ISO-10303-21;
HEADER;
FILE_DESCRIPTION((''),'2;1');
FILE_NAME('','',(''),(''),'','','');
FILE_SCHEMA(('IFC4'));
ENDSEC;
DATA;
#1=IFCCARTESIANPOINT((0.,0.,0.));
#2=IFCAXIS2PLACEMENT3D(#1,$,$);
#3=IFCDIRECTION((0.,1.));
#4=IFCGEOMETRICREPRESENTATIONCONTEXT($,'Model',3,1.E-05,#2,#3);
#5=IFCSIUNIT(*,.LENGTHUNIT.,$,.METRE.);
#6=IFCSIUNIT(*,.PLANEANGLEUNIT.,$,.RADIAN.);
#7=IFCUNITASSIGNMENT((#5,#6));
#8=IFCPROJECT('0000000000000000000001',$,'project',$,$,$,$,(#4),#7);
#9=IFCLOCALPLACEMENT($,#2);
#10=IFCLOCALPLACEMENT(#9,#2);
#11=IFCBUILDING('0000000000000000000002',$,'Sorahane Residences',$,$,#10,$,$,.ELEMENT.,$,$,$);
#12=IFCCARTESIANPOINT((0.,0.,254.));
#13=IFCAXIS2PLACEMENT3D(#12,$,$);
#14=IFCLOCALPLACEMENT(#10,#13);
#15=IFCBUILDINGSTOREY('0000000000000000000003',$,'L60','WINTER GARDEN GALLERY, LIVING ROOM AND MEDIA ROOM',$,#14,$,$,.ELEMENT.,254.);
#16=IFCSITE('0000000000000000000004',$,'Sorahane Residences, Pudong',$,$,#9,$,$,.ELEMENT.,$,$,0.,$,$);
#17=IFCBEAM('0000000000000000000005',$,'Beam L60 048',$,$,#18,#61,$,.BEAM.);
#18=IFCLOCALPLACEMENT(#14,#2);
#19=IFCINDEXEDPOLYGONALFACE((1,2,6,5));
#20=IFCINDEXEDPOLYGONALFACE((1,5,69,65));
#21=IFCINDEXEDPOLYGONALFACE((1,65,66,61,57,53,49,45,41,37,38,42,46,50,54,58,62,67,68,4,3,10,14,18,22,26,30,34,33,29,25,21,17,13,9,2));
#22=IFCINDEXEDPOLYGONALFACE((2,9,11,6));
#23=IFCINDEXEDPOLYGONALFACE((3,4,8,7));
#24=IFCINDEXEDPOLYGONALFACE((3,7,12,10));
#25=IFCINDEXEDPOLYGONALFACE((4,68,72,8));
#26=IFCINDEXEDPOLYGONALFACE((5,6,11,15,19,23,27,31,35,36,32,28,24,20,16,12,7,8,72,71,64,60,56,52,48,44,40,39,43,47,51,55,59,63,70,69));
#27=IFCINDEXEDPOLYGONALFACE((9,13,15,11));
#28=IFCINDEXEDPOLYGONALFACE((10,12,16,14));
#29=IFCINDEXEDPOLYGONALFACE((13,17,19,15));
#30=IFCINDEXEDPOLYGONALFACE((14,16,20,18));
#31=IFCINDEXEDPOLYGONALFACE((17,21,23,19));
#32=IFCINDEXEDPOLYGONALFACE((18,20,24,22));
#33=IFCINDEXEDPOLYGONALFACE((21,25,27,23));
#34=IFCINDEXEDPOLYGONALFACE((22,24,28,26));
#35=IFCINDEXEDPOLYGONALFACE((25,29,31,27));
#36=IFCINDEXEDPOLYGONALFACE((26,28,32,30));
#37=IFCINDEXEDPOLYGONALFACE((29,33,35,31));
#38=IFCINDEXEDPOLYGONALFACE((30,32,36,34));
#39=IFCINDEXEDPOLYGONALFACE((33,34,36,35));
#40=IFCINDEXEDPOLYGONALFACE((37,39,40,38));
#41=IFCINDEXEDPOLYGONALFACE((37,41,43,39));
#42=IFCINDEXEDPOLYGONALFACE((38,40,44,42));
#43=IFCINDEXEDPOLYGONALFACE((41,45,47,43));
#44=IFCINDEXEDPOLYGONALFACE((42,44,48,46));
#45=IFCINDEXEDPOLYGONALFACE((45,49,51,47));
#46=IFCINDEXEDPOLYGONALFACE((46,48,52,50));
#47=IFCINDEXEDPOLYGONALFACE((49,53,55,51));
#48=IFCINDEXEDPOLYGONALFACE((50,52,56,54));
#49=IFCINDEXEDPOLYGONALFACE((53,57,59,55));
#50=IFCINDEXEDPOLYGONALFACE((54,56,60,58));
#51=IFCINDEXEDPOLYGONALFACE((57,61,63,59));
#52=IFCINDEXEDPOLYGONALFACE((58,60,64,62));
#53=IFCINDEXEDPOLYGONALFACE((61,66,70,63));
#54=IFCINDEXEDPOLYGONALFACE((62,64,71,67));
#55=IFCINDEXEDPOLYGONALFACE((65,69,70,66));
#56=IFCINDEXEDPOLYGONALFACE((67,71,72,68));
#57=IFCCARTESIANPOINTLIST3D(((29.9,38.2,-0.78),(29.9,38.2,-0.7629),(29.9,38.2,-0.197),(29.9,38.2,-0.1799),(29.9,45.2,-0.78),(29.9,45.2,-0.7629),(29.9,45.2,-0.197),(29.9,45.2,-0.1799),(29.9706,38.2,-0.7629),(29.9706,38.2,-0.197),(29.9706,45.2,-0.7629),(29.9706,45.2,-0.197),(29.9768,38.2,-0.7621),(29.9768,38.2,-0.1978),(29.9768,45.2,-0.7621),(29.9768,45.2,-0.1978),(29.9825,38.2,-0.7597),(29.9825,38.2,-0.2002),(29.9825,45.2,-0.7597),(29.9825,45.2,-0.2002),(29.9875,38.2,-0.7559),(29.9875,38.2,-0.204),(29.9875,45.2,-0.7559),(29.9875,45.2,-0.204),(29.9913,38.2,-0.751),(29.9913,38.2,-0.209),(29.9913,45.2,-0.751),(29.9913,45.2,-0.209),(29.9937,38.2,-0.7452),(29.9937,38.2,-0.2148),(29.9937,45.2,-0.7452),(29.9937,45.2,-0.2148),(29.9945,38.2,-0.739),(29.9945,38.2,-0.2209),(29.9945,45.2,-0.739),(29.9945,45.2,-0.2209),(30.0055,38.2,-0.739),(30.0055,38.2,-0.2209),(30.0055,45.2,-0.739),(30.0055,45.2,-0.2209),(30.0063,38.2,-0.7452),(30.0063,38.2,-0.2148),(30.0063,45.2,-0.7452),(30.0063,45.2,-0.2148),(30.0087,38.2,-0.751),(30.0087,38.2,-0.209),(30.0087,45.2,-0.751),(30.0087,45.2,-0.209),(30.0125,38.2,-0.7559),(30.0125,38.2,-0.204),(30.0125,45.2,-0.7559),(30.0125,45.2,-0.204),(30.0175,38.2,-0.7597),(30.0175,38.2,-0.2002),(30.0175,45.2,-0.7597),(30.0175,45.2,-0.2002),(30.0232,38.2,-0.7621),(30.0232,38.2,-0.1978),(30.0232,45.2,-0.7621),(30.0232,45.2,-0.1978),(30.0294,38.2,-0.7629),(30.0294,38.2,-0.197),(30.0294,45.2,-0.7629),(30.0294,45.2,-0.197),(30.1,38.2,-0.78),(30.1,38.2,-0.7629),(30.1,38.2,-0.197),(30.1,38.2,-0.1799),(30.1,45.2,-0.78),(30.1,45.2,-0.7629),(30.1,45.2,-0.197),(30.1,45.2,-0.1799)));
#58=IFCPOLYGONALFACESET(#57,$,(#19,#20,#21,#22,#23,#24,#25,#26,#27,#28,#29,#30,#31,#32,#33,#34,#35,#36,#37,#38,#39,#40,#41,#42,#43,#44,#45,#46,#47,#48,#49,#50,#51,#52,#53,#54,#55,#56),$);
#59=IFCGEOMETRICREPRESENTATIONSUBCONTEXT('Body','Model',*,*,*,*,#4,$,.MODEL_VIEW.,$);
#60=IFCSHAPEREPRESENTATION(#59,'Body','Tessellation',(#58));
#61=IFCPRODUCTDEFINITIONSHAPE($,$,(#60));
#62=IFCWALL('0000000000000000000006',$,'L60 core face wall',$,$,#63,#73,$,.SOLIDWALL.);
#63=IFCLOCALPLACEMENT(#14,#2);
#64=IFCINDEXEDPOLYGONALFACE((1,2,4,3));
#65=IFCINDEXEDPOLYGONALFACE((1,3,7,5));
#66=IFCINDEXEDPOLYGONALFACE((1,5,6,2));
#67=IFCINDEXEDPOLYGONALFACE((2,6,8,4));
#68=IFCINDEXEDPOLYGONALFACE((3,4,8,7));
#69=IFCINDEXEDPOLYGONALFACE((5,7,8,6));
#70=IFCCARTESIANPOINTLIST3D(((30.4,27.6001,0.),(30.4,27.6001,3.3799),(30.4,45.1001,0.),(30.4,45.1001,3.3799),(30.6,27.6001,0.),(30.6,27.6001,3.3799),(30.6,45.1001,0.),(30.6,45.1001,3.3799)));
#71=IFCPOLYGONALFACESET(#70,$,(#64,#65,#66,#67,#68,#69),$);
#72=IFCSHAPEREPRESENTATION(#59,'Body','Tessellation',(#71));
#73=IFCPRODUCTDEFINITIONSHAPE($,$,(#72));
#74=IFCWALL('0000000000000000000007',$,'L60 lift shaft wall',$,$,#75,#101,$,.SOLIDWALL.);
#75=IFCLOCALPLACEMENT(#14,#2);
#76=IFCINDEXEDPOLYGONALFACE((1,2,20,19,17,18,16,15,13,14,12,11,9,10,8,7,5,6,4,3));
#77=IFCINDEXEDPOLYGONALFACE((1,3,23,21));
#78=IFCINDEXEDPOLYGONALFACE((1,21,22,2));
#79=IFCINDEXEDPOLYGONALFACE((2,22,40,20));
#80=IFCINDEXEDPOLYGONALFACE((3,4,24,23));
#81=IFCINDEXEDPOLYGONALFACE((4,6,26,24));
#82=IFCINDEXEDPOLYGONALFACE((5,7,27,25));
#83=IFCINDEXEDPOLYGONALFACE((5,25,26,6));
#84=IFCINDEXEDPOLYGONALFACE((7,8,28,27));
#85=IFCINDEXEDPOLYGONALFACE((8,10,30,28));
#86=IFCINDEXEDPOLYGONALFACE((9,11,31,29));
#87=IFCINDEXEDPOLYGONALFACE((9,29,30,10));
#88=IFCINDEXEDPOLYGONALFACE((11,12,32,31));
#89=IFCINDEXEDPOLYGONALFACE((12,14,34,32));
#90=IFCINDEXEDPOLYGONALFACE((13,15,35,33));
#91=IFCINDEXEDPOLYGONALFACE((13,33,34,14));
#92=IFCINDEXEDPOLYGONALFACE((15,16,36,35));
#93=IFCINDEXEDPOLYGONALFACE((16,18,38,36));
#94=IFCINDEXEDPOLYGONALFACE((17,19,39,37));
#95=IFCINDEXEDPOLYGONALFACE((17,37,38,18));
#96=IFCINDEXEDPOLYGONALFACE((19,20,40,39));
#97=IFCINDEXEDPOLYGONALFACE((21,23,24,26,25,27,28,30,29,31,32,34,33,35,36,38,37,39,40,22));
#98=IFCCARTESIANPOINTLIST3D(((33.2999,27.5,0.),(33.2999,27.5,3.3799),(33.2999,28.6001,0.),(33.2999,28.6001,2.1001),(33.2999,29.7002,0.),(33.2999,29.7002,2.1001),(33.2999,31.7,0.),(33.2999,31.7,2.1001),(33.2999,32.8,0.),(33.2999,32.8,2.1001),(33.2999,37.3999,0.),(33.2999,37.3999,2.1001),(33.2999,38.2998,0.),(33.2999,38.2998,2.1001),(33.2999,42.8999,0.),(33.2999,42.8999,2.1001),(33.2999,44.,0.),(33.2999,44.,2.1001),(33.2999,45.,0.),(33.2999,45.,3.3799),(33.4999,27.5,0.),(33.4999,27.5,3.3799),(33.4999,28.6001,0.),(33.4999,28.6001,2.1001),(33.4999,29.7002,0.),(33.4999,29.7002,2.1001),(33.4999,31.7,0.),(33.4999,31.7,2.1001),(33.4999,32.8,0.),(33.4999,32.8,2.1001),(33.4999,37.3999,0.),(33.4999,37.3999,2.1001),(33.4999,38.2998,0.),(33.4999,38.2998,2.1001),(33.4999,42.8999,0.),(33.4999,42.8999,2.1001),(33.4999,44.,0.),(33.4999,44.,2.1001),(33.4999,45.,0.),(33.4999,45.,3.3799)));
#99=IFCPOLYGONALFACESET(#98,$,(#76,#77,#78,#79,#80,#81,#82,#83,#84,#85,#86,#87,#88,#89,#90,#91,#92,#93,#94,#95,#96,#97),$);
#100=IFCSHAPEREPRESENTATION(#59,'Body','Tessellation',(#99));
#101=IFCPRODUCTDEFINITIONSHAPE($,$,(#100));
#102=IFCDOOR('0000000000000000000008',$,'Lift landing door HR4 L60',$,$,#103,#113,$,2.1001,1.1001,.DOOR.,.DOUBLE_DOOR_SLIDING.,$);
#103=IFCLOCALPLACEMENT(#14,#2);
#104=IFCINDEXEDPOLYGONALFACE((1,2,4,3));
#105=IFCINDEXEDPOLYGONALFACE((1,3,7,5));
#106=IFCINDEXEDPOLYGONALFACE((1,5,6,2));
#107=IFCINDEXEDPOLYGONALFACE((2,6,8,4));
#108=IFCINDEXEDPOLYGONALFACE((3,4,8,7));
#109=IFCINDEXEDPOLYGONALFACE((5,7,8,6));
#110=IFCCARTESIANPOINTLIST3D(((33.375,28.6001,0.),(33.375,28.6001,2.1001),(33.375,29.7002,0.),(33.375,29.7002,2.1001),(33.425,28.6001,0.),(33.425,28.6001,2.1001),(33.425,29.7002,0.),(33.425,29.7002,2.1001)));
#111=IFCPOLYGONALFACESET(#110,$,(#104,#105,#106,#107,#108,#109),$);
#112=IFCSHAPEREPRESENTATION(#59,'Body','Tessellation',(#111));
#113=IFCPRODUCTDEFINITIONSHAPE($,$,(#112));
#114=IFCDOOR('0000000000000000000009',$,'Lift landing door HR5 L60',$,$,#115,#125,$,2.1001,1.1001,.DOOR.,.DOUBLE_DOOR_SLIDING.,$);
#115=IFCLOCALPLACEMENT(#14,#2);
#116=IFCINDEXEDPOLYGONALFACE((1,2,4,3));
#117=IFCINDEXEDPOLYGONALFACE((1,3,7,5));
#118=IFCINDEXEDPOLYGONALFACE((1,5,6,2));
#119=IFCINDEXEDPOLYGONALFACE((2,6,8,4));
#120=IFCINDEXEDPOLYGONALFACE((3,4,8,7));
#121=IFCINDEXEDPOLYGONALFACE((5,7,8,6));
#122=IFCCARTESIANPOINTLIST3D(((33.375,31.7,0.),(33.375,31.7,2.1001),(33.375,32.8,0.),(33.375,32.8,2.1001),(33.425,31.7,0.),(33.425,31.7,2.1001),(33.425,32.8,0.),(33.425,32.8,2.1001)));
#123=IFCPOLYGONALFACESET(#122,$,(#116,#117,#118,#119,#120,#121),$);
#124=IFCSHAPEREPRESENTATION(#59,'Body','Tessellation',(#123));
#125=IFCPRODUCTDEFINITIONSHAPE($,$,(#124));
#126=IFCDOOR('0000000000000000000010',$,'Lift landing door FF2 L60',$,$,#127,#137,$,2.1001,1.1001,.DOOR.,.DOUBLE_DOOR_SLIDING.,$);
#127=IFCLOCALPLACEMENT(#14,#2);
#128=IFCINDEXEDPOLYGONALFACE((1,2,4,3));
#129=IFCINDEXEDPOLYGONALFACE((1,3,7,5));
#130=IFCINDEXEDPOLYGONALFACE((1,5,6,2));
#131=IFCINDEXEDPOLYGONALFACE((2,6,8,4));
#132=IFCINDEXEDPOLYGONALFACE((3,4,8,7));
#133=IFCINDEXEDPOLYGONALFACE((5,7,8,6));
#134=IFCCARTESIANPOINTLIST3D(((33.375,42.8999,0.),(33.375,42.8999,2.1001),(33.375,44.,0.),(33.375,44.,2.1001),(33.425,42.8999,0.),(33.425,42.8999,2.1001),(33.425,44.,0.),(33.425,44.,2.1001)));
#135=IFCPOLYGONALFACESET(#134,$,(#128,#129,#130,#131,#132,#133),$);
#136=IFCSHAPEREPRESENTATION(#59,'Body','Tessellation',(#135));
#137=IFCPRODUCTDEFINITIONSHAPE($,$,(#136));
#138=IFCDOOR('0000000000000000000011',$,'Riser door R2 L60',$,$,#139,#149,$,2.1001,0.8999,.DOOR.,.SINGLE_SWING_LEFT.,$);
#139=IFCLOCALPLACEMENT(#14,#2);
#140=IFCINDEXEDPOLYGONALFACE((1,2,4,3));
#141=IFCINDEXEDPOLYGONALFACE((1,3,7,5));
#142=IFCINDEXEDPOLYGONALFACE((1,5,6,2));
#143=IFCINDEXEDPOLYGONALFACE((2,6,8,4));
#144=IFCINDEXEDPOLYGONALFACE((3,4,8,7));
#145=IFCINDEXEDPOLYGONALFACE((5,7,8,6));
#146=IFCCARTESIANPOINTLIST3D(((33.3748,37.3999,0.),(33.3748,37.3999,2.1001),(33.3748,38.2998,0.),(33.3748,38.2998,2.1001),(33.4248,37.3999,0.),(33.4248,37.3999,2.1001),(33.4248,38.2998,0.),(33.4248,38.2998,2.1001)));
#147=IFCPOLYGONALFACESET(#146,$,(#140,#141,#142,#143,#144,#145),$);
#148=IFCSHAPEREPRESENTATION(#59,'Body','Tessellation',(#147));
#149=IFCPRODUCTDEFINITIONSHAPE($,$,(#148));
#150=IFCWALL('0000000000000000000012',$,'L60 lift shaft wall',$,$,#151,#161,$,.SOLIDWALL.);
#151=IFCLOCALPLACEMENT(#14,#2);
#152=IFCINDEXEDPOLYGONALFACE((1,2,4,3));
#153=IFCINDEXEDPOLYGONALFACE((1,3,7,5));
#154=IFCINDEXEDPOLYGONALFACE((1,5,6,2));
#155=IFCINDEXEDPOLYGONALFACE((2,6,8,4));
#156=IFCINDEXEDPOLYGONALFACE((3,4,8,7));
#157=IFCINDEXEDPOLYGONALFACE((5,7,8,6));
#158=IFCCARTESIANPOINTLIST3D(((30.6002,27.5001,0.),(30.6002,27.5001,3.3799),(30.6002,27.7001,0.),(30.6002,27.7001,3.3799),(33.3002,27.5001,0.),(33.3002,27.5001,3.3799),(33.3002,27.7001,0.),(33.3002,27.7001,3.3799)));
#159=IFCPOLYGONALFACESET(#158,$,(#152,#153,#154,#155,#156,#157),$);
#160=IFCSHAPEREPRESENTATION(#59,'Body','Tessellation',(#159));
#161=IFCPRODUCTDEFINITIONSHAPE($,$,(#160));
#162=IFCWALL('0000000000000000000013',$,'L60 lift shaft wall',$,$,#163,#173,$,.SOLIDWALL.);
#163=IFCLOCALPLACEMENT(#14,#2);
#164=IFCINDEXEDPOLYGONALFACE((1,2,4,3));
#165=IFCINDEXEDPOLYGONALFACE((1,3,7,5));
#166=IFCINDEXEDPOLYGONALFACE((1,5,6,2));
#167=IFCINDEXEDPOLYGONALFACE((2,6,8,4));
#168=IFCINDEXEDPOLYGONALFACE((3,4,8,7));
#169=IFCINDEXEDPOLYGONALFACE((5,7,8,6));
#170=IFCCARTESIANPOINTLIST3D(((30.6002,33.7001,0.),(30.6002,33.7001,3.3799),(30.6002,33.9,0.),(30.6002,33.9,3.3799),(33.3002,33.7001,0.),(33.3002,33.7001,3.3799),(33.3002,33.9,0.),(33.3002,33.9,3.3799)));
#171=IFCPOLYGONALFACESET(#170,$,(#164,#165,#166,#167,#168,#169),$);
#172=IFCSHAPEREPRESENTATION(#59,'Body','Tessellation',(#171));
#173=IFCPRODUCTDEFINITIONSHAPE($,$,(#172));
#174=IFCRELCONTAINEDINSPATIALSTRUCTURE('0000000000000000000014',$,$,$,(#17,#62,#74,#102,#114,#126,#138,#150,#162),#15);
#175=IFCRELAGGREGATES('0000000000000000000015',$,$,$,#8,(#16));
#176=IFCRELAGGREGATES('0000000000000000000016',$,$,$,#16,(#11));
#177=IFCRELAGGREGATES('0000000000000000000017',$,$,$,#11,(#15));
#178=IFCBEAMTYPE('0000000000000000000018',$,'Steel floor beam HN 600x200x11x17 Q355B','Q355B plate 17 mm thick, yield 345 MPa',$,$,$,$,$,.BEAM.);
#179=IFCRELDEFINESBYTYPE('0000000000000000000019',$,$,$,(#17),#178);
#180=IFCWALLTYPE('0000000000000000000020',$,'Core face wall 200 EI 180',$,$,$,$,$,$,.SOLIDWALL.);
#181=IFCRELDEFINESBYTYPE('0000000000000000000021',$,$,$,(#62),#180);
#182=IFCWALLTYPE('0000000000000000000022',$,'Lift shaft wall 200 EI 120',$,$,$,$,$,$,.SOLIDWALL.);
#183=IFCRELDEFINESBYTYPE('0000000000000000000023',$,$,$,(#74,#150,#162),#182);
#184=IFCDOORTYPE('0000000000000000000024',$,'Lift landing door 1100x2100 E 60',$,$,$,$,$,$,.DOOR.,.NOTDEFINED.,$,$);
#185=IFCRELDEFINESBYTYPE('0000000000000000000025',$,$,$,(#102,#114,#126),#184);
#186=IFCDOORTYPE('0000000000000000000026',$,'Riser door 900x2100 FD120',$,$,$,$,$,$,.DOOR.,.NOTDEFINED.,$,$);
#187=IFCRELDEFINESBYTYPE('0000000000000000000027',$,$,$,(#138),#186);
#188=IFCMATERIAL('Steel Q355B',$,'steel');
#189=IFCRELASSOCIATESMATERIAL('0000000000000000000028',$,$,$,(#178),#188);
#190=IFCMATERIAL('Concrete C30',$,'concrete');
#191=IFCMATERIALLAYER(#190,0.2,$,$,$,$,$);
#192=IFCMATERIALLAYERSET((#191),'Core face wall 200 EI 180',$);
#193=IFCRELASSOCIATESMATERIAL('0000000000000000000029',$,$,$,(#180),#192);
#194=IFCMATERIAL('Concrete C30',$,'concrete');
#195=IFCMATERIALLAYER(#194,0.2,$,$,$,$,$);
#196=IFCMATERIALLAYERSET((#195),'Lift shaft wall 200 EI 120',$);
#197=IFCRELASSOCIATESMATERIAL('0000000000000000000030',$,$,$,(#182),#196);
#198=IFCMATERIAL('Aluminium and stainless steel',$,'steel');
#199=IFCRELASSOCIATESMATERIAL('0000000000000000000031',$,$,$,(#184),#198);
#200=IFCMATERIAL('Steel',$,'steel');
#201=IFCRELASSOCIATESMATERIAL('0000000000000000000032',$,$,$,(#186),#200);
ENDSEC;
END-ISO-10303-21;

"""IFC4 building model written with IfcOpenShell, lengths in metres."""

from ifc_helpers import new_model, si_unit, direction, frame, frame_2d, origin, origin_2d, place, context, subcontext, project, spatial, rectangle, i_section, extrude, material, layer, layer_set, material_profile, profile_set, type_object, element, fill, save


model = new_model("IFC4")

# Units and contexts
model_context = context("Model", 3, precision=1e-05, world=origin(), true_north=direction((0.0, 1.0)))
body_context = subcontext(model_context, "Body", "Model", "MODEL_VIEW")
ifc_project = project(units=[si_unit("LENGTHUNIT", "METRE"), si_unit("PLANEANGLEUNIT", "RADIAN")], contexts=[model_context])

# Site, building, storey
site_placement = place(None, origin())
site = spatial("IfcSite", under=ifc_project, at=site_placement, Name="Sorahane Residences, Pudong", CompositionType="ELEMENT", RefElevation=0.0)
building_placement = place(site_placement, origin())
building = spatial("IfcBuilding", under=site, at=building_placement, Name="Sorahane Residences", CompositionType="ELEMENT")
storey_placement = place(building_placement, frame((0.0, 0.0, 254.0)))
storey = spatial("IfcBuildingStorey", under=building, at=storey_placement, Name="L60", Description="WINTER GARDEN GALLERY, LIVING ROOM AND MEDIA ROOM", CompositionType="ELEMENT", Elevation=254.0)

# Beam
ifc_material_1 = material(Name="Steel Q355B", Category="steel")
ifc_material_profile_1 = material_profile(ifc_material_1, i_section(OverallWidth=0.2, OverallDepth=0.6001, WebThickness=0.011, FlangeThickness=0.0171, FilletRadius=0.0239, at=origin_2d()), Name="HN 600x200x11x17")
ifc_profile_set_1 = profile_set([ifc_material_profile_1], Name="Steel Q355B")
beam_type_1 = type_object("IfcBeamType", Name="Steel floor beam HN 600x200x11x17 Q355B", Description="Q355B plate 17 mm thick, yield 345 MPa", PredefinedType="BEAM", material=ifc_profile_set_1)
for number, where, z_axis, x_axis, name in (
    (1, (30.0, 38.2, -0.48), (0.0, 1.0, 0.0), (-1.0, 0.0, 0.0), "Beam L60 048"),
):
    element("IfcBeam", number, at=place(storey_placement, frame(where, z_axis=z_axis, x_axis=x_axis)), inside=storey, type_object=beam_type_1, Name=name, PredefinedType="BEAM", context=body_context, shape_type="SweptSolid", body=[
        extrude(i_section(OverallWidth=0.2, OverallDepth=0.6001, WebThickness=0.011, FlangeThickness=0.0171, FilletRadius=0.0239, at=origin_2d()), origin(), (0.0, 0.0, 1.0), 7.0),
    ])

# Wall
ifc_material_2 = material(Name="Concrete C30", Category="concrete")
ifc_layer_1 = layer(ifc_material_2, 0.2)
ifc_layer_set_1 = layer_set([ifc_layer_1], Name="Core face wall 200 EI 180")
wall_type_1 = type_object("IfcWallType", Name="Core face wall 200 EI 180", PredefinedType="SOLIDWALL", material=ifc_layer_set_1)
wall_1_placement = place(storey_placement, frame((30.5, 27.6001, 0.0), z_axis=(0.0, 0.0, 1.0), x_axis=(0.0, 1.0, 0.0)))
element("IfcWall", 2, at=wall_1_placement, inside=storey, type_object=wall_type_1, Name="L60 core face wall", PredefinedType="SOLIDWALL", context=body_context, shape_type="SweptSolid", body=[
    extrude(rectangle(XDim=17.5, YDim=0.2, at=frame_2d((8.75, 0.0))), origin(), (0.0, 0.0, 1.0), 3.3799),
])

# Wall, openings, doors
ifc_material_3 = material(Name="Concrete C30", Category="concrete")
ifc_layer_2 = layer(ifc_material_3, 0.2)
ifc_layer_set_2 = layer_set([ifc_layer_2], Name="Lift shaft wall 200 EI 120")
wall_type_2 = type_object("IfcWallType", Name="Lift shaft wall 200 EI 120", PredefinedType="SOLIDWALL", material=ifc_layer_set_2)
wall_2_placement = place(storey_placement, frame((33.3999, 27.5, 0.0), z_axis=(0.0, 0.0, 1.0), x_axis=(0.0, 1.0, 0.0)))
wall_2 = element("IfcWall", 3, at=wall_2_placement, inside=storey, type_object=wall_type_2, Name="L60 lift shaft wall", PredefinedType="SOLIDWALL", context=body_context, shape_type="SweptSolid", body=[
    extrude(rectangle(XDim=17.5, YDim=0.2, at=frame_2d((8.75, 0.0))), origin(), (0.0, 0.0, 1.0), 3.3799),
])
opening_1_placement = place(wall_2_placement, frame((1.1001, 0.0, 0.0)))
opening_1 = element("IfcOpeningElement", 4, at=opening_1_placement, cuts=wall_2, PredefinedType="OPENING", context=body_context, shape_type="SweptSolid", body=[
    extrude(rectangle(XDim=1.1001, YDim=2.1001, at=frame_2d((0.55, 1.05))), frame((0.0, 0.1099, 0.0), z_axis=(0.0, -1.0, 0.0), x_axis=(1.0, 0.0, 0.0)), (0.0, 0.0, 1.0), 0.22),
])
opening_2_placement = place(wall_2_placement, frame((4.2, 0.0, 0.0)))
opening_2 = element("IfcOpeningElement", 5, at=opening_2_placement, cuts=wall_2, PredefinedType="OPENING", context=body_context, shape_type="SweptSolid", body=[
    extrude(rectangle(XDim=1.1001, YDim=2.1001, at=frame_2d((0.55, 1.05))), frame((0.0, 0.1099, 0.0), z_axis=(0.0, -1.0, 0.0), x_axis=(1.0, 0.0, 0.0)), (0.0, 0.0, 1.0), 0.22),
])
opening_3_placement = place(wall_2_placement, frame((15.3999, 0.0, 0.0)))
opening_3 = element("IfcOpeningElement", 6, at=opening_3_placement, cuts=wall_2, PredefinedType="OPENING", context=body_context, shape_type="SweptSolid", body=[
    extrude(rectangle(XDim=1.1001, YDim=2.1001, at=frame_2d((0.55, 1.05))), frame((0.0, 0.1099, 0.0), z_axis=(0.0, -1.0, 0.0), x_axis=(1.0, 0.0, 0.0)), (0.0, 0.0, 1.0), 0.22),
])
opening_4_placement = place(wall_2_placement, frame((9.8999, 0.0, 0.0)))
opening_4 = element("IfcOpeningElement", 7, at=opening_4_placement, cuts=wall_2, PredefinedType="OPENING", context=body_context, shape_type="SweptSolid", body=[
    extrude(rectangle(XDim=0.8999, YDim=2.1001, at=frame_2d((0.45, 1.05))), frame((0.0, 0.1099, 0.0), z_axis=(0.0, -1.0, 0.0), x_axis=(1.0, 0.0, 0.0)), (0.0, 0.0, 1.0), 0.22),
])
ifc_material_4 = material(Name="Aluminium and stainless steel", Category="steel")
door_type_1 = type_object("IfcDoorType", Name="Lift landing door 1100x2100 E 60", OperationType="NOTDEFINED", PredefinedType="DOOR", material=ifc_material_4)
door_1_placement = place(opening_1_placement, origin())
door_1 = element("IfcDoor", 8, at=door_1_placement, inside=storey, type_object=door_type_1, Name="Lift landing door HR4 L60", OperationType="DOUBLE_DOOR_SLIDING", OverallHeight=2.1001, OverallWidth=1.1001, PredefinedType="DOOR", context=body_context, shape_type="SweptSolid", body=[
    extrude(rectangle(XDim=1.1001, YDim=2.1001, at=frame_2d((0.55, 1.05))), frame((0.0, 0.0249, 0.0), z_axis=(0.0, -1.0, 0.0), x_axis=(1.0, 0.0, 0.0)), (0.0, 0.0, 1.0), 0.05),
])
fill(opening_1, door_1)
door_2_placement = place(opening_2_placement, origin())
door_2 = element("IfcDoor", 9, at=door_2_placement, inside=storey, type_object=door_type_1, Name="Lift landing door HR5 L60", OperationType="DOUBLE_DOOR_SLIDING", OverallHeight=2.1001, OverallWidth=1.1001, PredefinedType="DOOR", context=body_context, shape_type="SweptSolid", body=[
    extrude(rectangle(XDim=1.1001, YDim=2.1001, at=frame_2d((0.55, 1.05))), frame((0.0, 0.0249, 0.0), z_axis=(0.0, -1.0, 0.0), x_axis=(1.0, 0.0, 0.0)), (0.0, 0.0, 1.0), 0.05),
])
fill(opening_2, door_2)
door_3_placement = place(opening_3_placement, origin())
door_3 = element("IfcDoor", 10, at=door_3_placement, inside=storey, type_object=door_type_1, Name="Lift landing door FF2 L60", OperationType="DOUBLE_DOOR_SLIDING", OverallHeight=2.1001, OverallWidth=1.1001, PredefinedType="DOOR", context=body_context, shape_type="SweptSolid", body=[
    extrude(rectangle(XDim=1.1001, YDim=2.1001, at=frame_2d((0.55, 1.05))), frame((0.0, 0.0249, 0.0), z_axis=(0.0, -1.0, 0.0), x_axis=(1.0, 0.0, 0.0)), (0.0, 0.0, 1.0), 0.05),
])
fill(opening_3, door_3)
ifc_material_5 = material(Name="Steel", Category="steel")
door_type_2 = type_object("IfcDoorType", Name="Riser door 900x2100 FD120", OperationType="NOTDEFINED", PredefinedType="DOOR", material=ifc_material_5)
door_4_placement = place(opening_4_placement, frame((0.8999, 0.0, 0.0), z_axis=(0.0, 0.0, 1.0), x_axis=(-1.0, 0.0, 0.0)))
door_4 = element("IfcDoor", 11, at=door_4_placement, inside=storey, type_object=door_type_2, Name="Riser door R2 L60", OperationType="SINGLE_SWING_LEFT", OverallHeight=2.1001, OverallWidth=0.8999, PredefinedType="DOOR", context=body_context, shape_type="SweptSolid", body=[
    extrude(rectangle(XDim=0.8999, YDim=2.1001, at=frame_2d((0.45, 1.05))), frame((0.0, 0.0249, 0.0), z_axis=(0.0, -1.0, 0.0), x_axis=(1.0, 0.0, 0.0)), (0.0, 0.0, 1.0), 0.05),
])
fill(opening_4, door_4)

# Walls
for number, where, z_axis, x_axis, name in (
    (12, (30.6001, 27.6001, 0.0), (0.0, 0.0, 1.0), (1.0, 0.0, 0.0), "L60 lift shaft wall"),
    (13, (30.6001, 33.8, 0.0), (0.0, 0.0, 1.0), (1.0, 0.0, 0.0), "L60 lift shaft wall"),
):
    element("IfcWall", number, at=place(storey_placement, frame(where, z_axis=z_axis, x_axis=x_axis)), inside=storey, type_object=wall_type_2, Name=name, PredefinedType="SOLIDWALL", context=body_context, shape_type="SweptSolid", body=[
        extrude(rectangle(XDim=2.7, YDim=0.2, at=frame_2d((1.3501, 0.0))), origin(), (0.0, 0.0, 1.0), 3.3799),
    ])

save(model, "model.ifc")
